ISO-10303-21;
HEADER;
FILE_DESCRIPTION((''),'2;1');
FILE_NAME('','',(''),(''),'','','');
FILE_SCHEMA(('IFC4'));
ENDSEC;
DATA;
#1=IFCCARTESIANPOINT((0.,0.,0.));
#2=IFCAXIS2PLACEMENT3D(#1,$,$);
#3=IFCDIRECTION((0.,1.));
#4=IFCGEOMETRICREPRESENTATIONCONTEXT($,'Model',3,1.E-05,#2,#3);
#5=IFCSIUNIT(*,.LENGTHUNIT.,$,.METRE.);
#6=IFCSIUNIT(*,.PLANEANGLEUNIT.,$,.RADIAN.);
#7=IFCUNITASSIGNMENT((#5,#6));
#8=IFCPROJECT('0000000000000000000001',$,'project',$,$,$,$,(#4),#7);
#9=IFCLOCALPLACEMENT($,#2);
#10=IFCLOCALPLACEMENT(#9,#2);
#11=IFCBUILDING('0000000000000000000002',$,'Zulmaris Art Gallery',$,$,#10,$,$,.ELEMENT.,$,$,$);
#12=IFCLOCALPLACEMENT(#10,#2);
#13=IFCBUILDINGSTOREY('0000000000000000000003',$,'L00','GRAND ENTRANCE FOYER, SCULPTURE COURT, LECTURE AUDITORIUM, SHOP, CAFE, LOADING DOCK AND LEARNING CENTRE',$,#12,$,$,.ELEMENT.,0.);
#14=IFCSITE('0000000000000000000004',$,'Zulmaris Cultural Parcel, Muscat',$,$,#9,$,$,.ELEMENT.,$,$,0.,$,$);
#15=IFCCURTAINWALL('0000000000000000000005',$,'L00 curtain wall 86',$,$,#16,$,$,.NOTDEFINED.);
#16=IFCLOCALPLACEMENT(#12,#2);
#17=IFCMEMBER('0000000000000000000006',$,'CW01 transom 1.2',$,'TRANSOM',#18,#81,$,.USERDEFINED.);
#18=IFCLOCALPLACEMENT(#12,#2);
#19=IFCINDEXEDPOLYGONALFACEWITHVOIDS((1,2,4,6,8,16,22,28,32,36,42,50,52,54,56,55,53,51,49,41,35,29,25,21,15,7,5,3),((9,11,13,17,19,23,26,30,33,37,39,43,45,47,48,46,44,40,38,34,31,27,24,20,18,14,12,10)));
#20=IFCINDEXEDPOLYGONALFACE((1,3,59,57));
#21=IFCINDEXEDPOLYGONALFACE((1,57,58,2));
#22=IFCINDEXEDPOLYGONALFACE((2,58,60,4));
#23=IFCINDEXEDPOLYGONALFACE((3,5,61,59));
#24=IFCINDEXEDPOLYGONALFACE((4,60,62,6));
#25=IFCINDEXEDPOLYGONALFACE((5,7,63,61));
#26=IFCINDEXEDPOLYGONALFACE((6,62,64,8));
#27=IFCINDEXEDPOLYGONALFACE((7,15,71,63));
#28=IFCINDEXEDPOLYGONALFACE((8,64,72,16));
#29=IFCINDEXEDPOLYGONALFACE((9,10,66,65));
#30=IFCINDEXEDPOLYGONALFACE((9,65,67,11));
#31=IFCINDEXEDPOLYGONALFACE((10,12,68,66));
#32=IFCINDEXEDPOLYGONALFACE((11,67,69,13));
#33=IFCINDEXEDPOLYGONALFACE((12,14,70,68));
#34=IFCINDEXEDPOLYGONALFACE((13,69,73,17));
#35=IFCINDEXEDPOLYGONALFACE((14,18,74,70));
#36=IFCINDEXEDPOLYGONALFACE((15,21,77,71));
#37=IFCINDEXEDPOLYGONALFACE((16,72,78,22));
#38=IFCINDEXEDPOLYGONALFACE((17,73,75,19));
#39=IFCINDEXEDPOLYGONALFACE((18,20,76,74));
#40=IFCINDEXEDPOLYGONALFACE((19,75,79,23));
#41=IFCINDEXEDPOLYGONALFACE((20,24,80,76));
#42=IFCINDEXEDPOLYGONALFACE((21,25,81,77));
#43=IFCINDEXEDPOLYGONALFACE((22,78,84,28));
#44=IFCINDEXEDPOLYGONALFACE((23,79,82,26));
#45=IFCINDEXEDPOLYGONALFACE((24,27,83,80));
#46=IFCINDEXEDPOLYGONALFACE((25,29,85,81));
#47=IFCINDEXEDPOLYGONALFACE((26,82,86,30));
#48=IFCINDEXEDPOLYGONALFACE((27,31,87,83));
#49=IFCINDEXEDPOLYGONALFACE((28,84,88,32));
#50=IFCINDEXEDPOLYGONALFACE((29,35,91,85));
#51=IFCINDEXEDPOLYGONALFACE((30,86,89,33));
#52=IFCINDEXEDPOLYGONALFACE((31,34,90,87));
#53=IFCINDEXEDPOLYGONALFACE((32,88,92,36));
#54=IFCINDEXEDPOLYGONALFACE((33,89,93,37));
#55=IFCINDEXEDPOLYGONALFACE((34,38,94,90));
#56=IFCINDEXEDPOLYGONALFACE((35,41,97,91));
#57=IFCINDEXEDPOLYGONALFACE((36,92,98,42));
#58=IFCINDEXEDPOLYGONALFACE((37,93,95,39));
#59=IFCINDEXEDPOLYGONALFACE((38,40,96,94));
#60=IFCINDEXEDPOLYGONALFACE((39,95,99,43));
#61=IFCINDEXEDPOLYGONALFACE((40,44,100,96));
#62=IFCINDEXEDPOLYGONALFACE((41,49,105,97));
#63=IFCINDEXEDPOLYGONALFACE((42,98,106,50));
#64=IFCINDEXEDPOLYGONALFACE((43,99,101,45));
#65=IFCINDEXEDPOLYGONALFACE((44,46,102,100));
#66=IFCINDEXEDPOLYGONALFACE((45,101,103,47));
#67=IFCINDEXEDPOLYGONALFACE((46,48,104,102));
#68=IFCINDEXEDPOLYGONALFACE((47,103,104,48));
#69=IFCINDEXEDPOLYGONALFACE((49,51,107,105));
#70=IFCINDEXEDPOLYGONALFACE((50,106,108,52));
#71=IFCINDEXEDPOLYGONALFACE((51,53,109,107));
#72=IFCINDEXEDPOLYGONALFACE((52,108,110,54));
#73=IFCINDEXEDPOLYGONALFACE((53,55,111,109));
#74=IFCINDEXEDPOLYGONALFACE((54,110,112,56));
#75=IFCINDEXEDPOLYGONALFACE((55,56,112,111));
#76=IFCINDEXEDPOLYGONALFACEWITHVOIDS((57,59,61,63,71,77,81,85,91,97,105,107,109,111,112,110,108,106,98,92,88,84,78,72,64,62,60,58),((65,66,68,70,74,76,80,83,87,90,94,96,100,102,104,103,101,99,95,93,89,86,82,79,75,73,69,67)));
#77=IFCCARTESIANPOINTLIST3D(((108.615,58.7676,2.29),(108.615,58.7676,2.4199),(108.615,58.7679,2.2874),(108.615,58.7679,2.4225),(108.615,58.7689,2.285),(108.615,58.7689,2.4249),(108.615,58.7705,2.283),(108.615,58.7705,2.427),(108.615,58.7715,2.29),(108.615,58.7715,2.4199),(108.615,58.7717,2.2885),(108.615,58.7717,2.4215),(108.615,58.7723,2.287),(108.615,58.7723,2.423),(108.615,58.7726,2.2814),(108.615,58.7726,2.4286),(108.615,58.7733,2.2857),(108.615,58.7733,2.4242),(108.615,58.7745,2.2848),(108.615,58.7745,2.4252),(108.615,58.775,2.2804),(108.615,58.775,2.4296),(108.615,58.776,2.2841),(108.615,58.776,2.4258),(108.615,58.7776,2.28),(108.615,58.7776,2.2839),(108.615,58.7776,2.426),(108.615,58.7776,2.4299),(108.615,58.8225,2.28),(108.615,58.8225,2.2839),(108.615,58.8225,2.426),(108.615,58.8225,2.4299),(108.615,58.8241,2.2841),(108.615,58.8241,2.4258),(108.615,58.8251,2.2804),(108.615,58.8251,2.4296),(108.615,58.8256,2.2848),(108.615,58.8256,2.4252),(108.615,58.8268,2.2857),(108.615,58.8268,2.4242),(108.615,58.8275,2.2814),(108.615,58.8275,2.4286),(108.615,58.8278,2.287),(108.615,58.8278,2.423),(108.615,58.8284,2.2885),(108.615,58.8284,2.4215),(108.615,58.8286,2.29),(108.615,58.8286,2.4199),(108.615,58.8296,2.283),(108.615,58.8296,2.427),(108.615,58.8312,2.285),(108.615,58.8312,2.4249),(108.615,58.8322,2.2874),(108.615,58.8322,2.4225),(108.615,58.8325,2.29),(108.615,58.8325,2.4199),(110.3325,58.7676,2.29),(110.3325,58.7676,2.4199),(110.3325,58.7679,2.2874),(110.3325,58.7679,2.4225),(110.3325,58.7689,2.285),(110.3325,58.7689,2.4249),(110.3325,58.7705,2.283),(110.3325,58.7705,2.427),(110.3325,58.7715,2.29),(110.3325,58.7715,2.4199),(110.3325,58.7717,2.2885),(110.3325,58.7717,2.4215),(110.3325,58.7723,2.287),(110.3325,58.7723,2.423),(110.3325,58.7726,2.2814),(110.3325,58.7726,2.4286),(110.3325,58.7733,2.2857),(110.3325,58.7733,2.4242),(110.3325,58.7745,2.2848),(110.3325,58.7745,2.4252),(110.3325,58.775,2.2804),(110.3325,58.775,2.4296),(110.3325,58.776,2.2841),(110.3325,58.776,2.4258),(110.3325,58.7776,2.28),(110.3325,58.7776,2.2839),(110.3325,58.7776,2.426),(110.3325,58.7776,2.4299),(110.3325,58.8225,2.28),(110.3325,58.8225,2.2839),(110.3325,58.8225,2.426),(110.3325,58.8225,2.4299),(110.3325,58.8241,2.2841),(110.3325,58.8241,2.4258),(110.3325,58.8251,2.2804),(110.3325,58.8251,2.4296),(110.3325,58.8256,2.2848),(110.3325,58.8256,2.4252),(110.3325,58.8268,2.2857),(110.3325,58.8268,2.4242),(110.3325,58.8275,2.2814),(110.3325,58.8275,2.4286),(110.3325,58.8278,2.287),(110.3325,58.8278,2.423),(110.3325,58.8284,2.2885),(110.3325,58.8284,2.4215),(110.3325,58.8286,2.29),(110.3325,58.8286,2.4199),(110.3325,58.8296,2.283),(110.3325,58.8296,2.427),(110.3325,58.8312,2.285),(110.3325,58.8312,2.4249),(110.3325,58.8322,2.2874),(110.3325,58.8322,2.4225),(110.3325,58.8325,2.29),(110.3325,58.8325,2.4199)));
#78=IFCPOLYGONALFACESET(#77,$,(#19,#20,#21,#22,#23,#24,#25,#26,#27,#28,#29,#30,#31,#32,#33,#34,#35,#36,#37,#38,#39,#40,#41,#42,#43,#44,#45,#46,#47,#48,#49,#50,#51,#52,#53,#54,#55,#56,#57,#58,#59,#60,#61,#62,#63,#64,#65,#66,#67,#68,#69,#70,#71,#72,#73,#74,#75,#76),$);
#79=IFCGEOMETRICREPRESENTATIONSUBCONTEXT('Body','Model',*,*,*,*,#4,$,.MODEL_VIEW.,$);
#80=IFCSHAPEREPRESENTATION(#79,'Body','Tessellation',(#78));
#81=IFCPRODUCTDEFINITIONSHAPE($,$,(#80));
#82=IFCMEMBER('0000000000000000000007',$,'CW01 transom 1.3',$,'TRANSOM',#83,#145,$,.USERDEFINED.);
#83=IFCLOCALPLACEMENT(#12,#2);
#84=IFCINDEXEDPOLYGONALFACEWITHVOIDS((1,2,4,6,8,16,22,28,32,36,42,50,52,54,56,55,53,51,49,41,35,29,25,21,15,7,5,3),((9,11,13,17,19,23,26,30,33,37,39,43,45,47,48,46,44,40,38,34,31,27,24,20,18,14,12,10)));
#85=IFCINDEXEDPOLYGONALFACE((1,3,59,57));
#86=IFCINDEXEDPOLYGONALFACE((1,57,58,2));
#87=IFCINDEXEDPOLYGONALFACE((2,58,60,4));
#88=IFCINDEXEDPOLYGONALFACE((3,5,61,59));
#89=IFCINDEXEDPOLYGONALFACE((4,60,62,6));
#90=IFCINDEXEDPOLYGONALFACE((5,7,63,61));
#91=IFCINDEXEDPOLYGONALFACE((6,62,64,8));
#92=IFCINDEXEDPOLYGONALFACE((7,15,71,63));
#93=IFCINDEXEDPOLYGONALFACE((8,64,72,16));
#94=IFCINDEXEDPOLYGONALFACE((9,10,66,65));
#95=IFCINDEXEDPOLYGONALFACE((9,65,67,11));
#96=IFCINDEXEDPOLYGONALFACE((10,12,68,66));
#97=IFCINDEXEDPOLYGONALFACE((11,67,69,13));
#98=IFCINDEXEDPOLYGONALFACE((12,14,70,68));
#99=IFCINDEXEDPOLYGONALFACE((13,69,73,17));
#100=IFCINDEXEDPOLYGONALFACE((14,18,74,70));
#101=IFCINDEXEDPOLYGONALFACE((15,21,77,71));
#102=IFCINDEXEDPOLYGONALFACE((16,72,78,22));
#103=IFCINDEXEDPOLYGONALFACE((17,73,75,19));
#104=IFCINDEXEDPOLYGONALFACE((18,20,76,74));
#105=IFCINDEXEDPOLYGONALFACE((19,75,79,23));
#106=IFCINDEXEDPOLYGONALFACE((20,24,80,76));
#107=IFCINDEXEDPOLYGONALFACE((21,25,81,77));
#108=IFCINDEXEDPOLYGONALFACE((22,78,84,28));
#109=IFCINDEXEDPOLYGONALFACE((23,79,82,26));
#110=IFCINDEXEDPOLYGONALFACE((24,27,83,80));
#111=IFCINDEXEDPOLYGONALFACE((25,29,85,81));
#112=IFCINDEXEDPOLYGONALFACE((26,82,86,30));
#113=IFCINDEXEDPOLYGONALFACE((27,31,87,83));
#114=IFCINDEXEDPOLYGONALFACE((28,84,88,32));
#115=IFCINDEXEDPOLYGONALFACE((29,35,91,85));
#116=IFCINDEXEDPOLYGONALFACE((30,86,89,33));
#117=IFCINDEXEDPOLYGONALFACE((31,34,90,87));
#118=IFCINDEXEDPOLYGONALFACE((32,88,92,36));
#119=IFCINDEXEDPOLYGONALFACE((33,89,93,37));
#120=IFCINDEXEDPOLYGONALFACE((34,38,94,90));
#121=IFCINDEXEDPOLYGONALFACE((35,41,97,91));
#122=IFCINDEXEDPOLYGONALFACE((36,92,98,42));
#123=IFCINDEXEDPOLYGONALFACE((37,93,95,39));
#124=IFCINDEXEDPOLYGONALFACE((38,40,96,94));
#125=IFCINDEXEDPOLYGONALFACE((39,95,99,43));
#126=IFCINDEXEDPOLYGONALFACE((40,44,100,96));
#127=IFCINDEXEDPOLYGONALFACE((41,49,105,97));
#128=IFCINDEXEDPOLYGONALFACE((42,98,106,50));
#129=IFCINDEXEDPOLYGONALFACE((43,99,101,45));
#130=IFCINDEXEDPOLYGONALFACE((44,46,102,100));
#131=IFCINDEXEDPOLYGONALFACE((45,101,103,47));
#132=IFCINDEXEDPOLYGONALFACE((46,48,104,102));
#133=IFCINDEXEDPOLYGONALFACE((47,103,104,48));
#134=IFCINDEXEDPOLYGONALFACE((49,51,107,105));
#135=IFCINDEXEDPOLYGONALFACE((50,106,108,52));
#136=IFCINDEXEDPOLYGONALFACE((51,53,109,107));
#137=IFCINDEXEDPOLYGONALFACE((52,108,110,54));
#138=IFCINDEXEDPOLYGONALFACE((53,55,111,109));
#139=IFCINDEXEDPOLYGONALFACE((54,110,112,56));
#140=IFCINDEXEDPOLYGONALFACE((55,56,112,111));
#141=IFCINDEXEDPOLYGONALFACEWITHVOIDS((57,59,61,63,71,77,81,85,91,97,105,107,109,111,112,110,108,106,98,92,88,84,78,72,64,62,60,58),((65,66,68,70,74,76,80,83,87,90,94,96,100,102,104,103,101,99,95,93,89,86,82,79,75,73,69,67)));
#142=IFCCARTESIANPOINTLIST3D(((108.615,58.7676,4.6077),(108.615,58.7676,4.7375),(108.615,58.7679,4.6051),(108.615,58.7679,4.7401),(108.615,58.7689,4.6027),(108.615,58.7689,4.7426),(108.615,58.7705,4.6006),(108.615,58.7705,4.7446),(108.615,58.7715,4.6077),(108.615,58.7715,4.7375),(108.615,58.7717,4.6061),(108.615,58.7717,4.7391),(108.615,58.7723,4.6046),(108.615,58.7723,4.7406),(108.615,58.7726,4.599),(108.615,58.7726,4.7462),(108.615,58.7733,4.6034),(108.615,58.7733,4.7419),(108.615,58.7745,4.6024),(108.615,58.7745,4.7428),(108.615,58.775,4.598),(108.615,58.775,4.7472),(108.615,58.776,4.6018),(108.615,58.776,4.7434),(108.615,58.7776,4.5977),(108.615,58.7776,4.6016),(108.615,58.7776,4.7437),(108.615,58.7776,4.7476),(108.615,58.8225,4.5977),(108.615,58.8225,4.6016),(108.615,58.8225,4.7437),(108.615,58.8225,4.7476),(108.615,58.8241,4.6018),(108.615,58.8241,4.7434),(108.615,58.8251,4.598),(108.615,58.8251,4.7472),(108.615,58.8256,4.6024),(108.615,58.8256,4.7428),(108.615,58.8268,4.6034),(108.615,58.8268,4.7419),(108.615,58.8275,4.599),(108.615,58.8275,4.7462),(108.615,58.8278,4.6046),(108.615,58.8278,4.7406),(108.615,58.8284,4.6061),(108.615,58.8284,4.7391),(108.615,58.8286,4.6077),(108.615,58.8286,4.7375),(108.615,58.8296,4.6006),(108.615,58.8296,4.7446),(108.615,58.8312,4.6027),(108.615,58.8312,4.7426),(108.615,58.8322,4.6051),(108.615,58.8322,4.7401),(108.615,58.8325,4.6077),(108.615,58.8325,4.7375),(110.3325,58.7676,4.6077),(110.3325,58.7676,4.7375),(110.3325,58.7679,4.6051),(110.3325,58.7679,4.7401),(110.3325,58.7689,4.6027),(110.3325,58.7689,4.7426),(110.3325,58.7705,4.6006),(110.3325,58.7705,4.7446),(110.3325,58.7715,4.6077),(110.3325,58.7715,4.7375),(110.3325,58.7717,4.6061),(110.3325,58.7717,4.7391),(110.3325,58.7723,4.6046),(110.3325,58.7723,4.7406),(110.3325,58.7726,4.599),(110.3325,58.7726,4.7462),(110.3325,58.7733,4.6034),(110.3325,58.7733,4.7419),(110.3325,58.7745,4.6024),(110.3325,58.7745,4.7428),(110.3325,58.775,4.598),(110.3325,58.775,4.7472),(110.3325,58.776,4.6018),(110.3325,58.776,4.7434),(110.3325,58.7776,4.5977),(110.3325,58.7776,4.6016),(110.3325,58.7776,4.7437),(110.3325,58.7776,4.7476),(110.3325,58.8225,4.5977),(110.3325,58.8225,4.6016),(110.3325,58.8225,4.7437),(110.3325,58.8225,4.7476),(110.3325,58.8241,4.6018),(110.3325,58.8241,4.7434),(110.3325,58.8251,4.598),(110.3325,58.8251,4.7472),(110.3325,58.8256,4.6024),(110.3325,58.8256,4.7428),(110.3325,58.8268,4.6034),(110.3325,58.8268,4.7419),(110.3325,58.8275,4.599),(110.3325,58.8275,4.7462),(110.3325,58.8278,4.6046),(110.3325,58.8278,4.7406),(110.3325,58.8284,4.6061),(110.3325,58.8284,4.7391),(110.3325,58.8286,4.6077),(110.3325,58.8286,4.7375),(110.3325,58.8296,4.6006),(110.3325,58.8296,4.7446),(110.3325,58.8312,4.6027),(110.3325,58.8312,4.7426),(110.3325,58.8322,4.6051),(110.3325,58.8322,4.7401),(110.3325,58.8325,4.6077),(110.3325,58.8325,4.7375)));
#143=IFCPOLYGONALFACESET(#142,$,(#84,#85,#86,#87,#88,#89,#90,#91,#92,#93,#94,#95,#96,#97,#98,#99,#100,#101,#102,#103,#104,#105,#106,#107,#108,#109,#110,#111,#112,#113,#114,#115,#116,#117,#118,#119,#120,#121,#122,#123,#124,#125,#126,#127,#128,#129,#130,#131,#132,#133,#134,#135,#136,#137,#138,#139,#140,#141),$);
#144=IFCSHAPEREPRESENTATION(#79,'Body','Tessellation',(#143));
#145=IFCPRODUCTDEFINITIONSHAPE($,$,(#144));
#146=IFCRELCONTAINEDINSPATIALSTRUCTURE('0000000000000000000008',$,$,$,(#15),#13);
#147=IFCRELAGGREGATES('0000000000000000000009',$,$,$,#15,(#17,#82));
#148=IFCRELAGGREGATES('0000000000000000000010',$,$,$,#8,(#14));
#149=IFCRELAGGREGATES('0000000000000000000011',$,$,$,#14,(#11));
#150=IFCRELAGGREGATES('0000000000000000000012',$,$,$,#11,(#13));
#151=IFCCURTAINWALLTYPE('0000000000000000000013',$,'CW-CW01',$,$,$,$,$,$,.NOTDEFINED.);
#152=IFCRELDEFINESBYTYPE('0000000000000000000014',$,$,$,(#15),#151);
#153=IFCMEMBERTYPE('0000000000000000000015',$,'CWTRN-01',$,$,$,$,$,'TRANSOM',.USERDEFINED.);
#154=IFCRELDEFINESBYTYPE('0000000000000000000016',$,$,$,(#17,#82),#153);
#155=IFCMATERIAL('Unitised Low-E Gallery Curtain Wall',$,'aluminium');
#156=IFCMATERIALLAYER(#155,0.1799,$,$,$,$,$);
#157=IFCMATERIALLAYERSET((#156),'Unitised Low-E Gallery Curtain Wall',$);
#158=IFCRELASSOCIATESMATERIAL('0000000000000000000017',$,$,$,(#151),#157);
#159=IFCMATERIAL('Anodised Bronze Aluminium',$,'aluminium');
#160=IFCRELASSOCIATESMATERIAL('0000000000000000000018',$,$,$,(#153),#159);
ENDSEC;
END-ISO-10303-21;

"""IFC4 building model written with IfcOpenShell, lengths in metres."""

from ifc_helpers import new_model, si_unit, direction, frame, origin, origin_2d, place, context, subcontext, project, spatial, hollow_rectangle, extrude, material, layer, layer_set, material_profile, profile_set, type_object, element, aggregate, save


model = new_model("IFC4")

# Units and contexts
model_context = context("Model", 3, precision=1e-05, world=origin(), true_north=direction((0.0, 1.0)))
body_context = subcontext(model_context, "Body", "Model", "MODEL_VIEW")
ifc_project = project(units=[si_unit("LENGTHUNIT", "METRE"), si_unit("PLANEANGLEUNIT", "RADIAN")], contexts=[model_context])

# Site, building, storey
site_placement = place(None, origin())
site = spatial("IfcSite", under=ifc_project, at=site_placement, Name="Zulmaris Cultural Parcel, Muscat", CompositionType="ELEMENT", RefElevation=0.0)
building_placement = place(site_placement, origin())
building = spatial("IfcBuilding", under=site, at=building_placement, Name="Zulmaris Art Gallery", CompositionType="ELEMENT")
storey_placement = place(building_placement, origin())
storey = spatial("IfcBuildingStorey", under=building, at=storey_placement, Name="L00", Description="GRAND ENTRANCE FOYER, SCULPTURE COURT, LECTURE AUDITORIUM, SHOP, CAFE, LOADING DOCK AND LEARNING CENTRE", CompositionType="ELEMENT", Elevation=0.0)

# Curtain wall, members
ifc_material_1 = material(Name="Unitised Low-E Gallery Curtain Wall", Category="aluminium")
ifc_layer_1 = layer(ifc_material_1, 0.1799)
ifc_layer_set_1 = layer_set([ifc_layer_1], Name="Unitised Low-E Gallery Curtain Wall")
curtain_wall_type = type_object("IfcCurtainWallType", Name="CW-CW01", PredefinedType="NOTDEFINED", material=ifc_layer_set_1)
curtain_wall_placement = place(storey_placement, origin())
curtain_wall = element("IfcCurtainWall", 1, at=curtain_wall_placement, inside=storey, type_object=curtain_wall_type, Name="L00 curtain wall 86", PredefinedType="NOTDEFINED")
ifc_material_2 = material(Name="Anodised Bronze Aluminium", Category="aluminium")
ifc_material_profile_1 = material_profile(ifc_material_2, hollow_rectangle(XDim=0.0649, YDim=0.1499, WallThickness=0.0039, InnerFilletRadius=0.0061, OuterFilletRadius=0.01, at=origin_2d()), Name="ALU 65x150x4")
ifc_profile_set_1 = profile_set([ifc_material_profile_1], Name="Anodised Bronze Aluminium")
member_type_1 = type_object("IfcMemberType", Name="CWTRN-01", ElementType="TRANSOM", PredefinedType="USERDEFINED", material=ifc_profile_set_1)
member_1_placement = place(storey_placement, frame((108.615, 58.8, 2.355), z_axis=(1.0, 0.0, 0.0), x_axis=(0.0, 1.0, 0.0)))
member_1 = element("IfcMember", 2, at=member_1_placement, type_object=member_type_1, Name="CW01 transom 1.2", ObjectType="TRANSOM", PredefinedType="USERDEFINED", context=body_context, shape_type="SweptSolid", body=[
    extrude(hollow_rectangle(XDim=0.0649, YDim=0.1499, WallThickness=0.0039, InnerFilletRadius=0.0061, OuterFilletRadius=0.01, at=origin_2d()), origin(), (0.0, 0.0, 1.0), 1.7175),
])
member_2_placement = place(storey_placement, frame((108.615, 58.8, 4.6726), z_axis=(1.0, 0.0, 0.0), x_axis=(0.0, 1.0, 0.0)))
member_2 = element("IfcMember", 3, at=member_2_placement, type_object=member_type_1, Name="CW01 transom 1.3", ObjectType="TRANSOM", PredefinedType="USERDEFINED", context=body_context, shape_type="SweptSolid", body=[
    extrude(hollow_rectangle(XDim=0.0649, YDim=0.1499, WallThickness=0.0039, InnerFilletRadius=0.0061, OuterFilletRadius=0.01, at=origin_2d()), origin(), (0.0, 0.0, 1.0), 1.7175),
])
aggregate(curtain_wall, [member_1, member_2])

save(model, "model.ifc")
